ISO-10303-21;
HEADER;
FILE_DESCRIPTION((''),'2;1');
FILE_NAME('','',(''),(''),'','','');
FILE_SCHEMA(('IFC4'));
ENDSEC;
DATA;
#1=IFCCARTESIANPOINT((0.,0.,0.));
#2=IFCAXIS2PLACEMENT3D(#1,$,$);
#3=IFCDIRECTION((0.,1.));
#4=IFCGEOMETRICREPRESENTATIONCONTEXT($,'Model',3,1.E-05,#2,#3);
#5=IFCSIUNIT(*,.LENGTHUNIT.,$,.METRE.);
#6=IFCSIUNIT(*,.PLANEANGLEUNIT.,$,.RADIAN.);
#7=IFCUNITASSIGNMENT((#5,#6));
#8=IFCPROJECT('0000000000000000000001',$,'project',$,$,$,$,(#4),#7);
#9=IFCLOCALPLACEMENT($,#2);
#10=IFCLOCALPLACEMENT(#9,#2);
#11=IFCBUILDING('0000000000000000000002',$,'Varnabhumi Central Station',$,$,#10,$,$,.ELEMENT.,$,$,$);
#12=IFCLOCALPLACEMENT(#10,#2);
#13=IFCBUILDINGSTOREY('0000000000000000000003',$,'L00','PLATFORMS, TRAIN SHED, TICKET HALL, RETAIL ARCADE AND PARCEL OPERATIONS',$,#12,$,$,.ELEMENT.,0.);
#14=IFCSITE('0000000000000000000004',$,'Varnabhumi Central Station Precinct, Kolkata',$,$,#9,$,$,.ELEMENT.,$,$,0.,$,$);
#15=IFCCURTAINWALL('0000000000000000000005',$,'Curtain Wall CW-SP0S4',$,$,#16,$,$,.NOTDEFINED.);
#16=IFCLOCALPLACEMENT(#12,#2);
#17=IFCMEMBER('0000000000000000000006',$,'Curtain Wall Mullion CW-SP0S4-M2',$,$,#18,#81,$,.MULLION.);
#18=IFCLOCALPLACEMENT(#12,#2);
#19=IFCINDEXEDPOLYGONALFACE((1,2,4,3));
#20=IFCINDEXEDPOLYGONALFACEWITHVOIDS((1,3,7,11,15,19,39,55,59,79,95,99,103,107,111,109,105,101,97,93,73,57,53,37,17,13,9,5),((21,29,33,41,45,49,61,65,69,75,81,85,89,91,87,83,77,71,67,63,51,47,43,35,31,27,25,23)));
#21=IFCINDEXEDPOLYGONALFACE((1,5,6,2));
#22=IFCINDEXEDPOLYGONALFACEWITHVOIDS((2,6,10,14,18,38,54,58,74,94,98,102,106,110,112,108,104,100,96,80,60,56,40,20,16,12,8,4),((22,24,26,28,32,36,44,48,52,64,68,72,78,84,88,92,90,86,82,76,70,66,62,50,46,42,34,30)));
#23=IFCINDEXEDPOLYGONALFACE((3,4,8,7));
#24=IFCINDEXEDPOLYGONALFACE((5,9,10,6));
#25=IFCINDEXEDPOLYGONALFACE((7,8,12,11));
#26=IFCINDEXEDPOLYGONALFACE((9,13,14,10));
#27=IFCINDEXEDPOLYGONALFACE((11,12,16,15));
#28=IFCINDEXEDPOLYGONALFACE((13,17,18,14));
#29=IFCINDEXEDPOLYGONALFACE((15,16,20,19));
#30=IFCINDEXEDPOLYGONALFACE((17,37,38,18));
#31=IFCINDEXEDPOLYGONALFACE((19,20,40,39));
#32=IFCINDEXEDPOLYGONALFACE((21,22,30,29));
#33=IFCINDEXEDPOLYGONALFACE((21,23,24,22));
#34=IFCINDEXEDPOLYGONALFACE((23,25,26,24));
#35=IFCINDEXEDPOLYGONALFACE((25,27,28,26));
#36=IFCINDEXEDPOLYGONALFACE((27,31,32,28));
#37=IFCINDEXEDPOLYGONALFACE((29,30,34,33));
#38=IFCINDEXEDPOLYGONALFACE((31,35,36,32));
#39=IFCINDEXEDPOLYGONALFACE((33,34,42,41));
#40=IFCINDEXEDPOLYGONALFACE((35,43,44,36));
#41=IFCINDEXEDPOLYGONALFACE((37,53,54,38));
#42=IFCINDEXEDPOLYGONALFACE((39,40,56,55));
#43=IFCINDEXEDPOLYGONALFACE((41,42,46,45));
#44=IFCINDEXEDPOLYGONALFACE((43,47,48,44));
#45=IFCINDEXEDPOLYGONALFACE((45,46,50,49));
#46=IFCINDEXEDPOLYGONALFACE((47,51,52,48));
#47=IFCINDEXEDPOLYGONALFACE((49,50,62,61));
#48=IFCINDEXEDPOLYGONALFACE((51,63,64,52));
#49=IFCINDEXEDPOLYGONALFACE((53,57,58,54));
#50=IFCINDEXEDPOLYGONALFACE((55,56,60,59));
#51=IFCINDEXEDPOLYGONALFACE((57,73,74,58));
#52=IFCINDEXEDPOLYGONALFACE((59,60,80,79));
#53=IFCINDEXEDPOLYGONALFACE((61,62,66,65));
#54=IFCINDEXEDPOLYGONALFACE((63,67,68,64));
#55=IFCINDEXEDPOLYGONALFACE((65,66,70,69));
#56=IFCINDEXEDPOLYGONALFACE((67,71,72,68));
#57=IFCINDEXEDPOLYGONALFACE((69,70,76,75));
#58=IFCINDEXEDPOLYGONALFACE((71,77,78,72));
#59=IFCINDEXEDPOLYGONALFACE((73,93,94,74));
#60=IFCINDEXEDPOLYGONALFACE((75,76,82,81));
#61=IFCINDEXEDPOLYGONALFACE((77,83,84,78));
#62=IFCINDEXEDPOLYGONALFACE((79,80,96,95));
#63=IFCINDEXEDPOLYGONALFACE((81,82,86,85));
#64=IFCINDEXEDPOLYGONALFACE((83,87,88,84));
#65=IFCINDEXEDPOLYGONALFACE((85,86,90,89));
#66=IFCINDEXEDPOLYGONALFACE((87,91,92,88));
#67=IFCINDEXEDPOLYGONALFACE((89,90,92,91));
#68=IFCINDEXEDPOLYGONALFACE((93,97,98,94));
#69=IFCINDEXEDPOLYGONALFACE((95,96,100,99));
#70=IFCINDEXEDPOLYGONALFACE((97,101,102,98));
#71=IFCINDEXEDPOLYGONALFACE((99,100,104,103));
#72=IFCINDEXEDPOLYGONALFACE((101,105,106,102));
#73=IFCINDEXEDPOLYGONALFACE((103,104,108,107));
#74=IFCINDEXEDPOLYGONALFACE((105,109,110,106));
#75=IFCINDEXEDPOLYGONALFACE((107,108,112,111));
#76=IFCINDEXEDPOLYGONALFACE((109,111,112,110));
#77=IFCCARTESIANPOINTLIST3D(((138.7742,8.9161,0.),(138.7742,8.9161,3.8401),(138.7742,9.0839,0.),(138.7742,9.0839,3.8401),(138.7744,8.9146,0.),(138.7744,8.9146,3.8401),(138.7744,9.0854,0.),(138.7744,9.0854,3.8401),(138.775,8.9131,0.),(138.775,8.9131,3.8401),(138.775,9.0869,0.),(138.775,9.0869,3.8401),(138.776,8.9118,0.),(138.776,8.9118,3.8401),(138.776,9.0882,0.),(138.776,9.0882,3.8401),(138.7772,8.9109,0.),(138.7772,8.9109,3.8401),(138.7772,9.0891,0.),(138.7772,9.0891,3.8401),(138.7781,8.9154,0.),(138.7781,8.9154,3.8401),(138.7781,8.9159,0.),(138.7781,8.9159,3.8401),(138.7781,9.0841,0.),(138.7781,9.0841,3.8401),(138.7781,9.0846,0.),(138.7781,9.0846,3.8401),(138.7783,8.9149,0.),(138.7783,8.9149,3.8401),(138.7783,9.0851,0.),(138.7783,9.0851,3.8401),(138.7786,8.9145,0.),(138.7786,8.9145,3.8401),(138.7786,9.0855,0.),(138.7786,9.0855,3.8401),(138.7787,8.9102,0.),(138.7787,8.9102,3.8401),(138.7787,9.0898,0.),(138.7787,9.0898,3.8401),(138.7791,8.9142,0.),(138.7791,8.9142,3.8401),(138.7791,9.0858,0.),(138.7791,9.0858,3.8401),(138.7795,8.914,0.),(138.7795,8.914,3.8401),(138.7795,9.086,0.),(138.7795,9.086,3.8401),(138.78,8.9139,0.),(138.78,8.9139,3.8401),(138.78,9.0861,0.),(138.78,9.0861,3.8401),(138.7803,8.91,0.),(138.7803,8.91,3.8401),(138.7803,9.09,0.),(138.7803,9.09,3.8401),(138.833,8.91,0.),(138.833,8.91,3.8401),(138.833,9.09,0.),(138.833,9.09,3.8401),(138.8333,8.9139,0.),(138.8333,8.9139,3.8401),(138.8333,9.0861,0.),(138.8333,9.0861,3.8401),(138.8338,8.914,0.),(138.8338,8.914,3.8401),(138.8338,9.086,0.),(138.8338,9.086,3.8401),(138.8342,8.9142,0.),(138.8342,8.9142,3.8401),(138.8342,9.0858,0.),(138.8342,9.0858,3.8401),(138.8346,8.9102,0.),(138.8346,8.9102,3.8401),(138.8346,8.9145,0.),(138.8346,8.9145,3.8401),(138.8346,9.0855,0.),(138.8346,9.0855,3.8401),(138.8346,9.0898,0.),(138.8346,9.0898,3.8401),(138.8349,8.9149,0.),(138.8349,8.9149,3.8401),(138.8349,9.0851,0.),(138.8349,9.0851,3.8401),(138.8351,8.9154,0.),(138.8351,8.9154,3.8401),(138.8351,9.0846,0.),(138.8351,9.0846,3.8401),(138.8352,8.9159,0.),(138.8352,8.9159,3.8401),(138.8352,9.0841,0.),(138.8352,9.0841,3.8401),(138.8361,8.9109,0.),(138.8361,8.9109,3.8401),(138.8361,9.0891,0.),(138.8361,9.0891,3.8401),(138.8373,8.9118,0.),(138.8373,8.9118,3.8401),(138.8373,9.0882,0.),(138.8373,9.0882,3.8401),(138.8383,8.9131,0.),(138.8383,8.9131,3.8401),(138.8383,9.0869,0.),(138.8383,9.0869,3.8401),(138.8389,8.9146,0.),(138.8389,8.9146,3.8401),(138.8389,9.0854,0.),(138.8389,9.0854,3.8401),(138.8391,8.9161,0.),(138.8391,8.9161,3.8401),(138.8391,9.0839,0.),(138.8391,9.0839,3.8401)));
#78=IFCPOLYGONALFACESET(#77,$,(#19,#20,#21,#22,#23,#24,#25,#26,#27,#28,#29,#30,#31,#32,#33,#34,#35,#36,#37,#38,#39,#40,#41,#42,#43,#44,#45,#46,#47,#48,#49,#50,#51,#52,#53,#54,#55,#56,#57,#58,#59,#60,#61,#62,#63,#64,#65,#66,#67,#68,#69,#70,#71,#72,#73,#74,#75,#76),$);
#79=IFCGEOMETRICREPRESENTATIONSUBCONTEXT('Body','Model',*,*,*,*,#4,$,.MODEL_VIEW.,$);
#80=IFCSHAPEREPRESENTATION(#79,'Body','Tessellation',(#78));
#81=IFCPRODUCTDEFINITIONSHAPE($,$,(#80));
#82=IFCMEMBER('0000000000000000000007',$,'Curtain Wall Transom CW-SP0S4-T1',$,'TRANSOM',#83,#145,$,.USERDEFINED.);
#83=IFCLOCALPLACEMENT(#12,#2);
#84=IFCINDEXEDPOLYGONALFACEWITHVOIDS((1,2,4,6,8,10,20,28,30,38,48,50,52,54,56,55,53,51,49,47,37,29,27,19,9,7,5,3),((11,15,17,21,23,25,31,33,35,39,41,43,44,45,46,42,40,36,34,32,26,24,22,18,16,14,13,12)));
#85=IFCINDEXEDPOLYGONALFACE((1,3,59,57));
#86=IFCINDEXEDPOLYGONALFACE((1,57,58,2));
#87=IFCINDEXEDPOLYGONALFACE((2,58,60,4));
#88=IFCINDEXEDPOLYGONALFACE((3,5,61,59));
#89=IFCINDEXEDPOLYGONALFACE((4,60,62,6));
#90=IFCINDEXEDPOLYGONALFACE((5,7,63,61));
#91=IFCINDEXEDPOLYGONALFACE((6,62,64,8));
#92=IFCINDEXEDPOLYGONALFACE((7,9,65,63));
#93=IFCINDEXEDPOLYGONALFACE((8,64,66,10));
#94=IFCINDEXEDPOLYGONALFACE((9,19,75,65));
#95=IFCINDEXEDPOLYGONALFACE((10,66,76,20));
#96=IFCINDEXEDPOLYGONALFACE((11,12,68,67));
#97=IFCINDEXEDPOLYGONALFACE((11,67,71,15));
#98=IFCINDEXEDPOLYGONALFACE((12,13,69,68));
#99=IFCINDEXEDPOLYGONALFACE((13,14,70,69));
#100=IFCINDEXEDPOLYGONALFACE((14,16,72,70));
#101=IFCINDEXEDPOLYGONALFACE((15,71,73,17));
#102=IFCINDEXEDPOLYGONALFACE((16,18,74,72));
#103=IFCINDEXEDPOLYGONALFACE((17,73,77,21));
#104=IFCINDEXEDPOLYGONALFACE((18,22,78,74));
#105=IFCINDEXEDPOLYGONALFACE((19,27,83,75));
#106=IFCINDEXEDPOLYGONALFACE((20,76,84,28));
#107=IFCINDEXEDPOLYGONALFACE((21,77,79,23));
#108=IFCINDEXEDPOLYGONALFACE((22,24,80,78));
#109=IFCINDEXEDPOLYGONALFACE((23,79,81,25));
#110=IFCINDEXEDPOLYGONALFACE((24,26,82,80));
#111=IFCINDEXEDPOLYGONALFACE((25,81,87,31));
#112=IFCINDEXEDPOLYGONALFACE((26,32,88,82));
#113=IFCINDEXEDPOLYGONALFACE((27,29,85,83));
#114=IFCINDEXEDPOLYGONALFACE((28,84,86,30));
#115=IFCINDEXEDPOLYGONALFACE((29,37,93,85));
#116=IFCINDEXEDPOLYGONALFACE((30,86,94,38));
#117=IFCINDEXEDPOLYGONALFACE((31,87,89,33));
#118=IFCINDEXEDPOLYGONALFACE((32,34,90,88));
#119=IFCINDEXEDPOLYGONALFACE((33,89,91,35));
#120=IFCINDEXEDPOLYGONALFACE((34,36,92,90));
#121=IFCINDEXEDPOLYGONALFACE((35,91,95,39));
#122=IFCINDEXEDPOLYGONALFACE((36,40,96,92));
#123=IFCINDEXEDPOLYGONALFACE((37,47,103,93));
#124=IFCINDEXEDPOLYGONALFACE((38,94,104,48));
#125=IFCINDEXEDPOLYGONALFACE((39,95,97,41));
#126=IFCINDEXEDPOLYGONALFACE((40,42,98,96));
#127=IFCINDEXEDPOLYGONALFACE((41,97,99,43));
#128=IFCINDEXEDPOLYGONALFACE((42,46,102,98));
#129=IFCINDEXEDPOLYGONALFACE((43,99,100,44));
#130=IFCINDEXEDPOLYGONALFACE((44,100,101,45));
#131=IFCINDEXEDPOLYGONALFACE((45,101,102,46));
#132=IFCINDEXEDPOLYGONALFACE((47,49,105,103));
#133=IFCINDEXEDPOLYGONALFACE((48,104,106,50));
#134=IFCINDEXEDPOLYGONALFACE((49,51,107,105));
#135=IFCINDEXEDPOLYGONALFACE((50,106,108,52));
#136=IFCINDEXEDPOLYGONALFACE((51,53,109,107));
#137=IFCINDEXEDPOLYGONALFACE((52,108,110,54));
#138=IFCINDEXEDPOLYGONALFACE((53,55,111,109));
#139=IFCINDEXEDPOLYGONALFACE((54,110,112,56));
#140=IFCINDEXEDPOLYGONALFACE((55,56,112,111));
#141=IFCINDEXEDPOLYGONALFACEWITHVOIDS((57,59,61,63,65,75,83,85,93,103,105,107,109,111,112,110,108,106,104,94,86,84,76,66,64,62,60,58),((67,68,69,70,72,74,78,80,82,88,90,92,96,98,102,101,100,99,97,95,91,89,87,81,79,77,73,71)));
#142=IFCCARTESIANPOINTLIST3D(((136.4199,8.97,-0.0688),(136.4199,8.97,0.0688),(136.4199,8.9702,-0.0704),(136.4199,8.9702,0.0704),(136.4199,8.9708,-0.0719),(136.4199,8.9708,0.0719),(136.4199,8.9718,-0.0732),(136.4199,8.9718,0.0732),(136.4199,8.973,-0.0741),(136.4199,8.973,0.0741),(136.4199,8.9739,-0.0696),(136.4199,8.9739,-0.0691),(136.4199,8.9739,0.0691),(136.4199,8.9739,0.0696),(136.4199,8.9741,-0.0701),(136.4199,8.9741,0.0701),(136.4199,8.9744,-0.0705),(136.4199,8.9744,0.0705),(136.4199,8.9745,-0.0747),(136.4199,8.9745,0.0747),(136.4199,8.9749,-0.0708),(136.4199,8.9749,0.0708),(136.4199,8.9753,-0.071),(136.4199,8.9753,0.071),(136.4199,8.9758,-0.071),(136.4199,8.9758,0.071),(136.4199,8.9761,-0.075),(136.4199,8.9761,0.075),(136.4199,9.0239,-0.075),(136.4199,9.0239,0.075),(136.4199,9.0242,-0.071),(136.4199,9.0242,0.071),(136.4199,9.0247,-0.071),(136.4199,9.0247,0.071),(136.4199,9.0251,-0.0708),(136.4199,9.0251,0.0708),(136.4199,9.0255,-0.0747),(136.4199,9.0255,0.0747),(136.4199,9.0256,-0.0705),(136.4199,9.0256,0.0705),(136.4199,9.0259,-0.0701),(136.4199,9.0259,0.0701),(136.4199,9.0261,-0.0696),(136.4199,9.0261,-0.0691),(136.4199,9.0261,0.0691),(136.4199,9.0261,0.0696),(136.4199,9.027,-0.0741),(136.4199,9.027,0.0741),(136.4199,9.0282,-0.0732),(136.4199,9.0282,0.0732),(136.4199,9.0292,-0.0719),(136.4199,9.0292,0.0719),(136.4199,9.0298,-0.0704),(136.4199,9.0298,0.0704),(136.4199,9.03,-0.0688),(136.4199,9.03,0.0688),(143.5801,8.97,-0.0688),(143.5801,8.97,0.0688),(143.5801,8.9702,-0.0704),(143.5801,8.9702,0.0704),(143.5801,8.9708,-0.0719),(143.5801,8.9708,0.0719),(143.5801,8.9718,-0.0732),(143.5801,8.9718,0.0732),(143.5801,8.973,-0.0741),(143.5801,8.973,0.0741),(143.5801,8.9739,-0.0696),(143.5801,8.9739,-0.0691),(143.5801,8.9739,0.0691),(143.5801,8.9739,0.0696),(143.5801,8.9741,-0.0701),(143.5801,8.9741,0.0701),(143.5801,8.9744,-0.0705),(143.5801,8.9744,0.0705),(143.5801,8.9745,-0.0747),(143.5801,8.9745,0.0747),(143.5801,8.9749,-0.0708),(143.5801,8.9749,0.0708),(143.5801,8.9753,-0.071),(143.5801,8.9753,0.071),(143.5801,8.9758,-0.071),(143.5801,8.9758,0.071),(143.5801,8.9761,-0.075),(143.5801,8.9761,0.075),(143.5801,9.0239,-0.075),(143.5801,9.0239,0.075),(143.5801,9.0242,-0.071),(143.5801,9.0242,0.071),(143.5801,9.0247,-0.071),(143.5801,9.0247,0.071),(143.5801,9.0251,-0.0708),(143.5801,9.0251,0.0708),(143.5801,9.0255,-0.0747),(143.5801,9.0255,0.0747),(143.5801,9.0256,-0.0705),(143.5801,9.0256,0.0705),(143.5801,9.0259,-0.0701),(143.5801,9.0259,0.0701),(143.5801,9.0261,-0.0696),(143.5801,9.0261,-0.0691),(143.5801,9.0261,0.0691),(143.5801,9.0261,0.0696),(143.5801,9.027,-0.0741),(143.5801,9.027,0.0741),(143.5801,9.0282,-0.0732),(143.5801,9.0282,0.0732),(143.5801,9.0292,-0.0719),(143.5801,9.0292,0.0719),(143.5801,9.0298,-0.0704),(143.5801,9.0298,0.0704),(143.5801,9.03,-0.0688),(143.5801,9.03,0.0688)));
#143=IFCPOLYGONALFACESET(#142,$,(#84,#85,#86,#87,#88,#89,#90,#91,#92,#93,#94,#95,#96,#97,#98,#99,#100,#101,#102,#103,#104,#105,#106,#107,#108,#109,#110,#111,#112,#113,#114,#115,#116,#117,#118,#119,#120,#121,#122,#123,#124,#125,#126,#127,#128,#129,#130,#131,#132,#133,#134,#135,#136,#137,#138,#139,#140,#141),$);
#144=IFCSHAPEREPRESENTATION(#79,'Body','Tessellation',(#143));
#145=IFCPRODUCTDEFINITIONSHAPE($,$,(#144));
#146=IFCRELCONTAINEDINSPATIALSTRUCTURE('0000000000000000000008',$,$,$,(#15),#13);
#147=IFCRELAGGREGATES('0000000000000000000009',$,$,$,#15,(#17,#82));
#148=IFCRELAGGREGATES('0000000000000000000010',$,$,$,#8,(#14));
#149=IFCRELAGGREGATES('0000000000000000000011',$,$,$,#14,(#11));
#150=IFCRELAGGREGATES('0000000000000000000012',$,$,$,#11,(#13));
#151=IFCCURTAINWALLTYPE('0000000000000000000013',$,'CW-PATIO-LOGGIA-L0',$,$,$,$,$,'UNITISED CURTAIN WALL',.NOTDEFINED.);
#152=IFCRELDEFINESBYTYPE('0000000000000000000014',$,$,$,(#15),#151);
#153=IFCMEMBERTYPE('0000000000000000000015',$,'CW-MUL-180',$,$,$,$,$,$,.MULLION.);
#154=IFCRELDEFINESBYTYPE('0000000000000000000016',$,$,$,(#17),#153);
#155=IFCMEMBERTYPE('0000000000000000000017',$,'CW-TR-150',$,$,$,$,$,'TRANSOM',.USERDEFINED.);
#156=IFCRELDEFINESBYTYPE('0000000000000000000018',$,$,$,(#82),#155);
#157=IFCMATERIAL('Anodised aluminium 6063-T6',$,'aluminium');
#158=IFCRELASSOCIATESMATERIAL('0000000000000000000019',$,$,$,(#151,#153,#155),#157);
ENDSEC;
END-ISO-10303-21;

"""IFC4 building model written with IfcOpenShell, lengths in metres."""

from ifc_helpers import new_model, si_unit, direction, frame, origin, origin_2d, place, context, subcontext, project, spatial, hollow_rectangle, extrude, material, material_profile, profile_set, type_object, element, aggregate, save


model = new_model("IFC4")

# Units and contexts
model_context = context("Model", 3, precision=1e-05, world=origin(), true_north=direction((0.0, 1.0)))
body_context = subcontext(model_context, "Body", "Model", "MODEL_VIEW")
ifc_project = project(units=[si_unit("LENGTHUNIT", "METRE"), si_unit("PLANEANGLEUNIT", "RADIAN")], contexts=[model_context])

# Site, building, storey
site_placement = place(None, origin())
site = spatial("IfcSite", under=ifc_project, at=site_placement, Name="Varnabhumi Central Station Precinct, Kolkata", CompositionType="ELEMENT", RefElevation=0.0)
building_placement = place(site_placement, origin())
building = spatial("IfcBuilding", under=site, at=building_placement, Name="Varnabhumi Central Station", CompositionType="ELEMENT")
storey_placement = place(building_placement, origin())
storey = spatial("IfcBuildingStorey", under=building, at=storey_placement, Name="L00", Description="PLATFORMS, TRAIN SHED, TICKET HALL, RETAIL ARCADE AND PARCEL OPERATIONS", CompositionType="ELEMENT", Elevation=0.0)

# Shared definitions
ifc_material_1 = material(Name="Anodised aluminium 6063-T6", Category="aluminium")
curtain_wall_type = type_object("IfcCurtainWallType", Name="CW-PATIO-LOGGIA-L0", ElementType="UNITISED CURTAIN WALL", PredefinedType="NOTDEFINED", material=ifc_material_1)
ifc_material_profile_1 = material_profile(ifc_material_1, hollow_rectangle(XDim=0.0649, YDim=0.1799, WallThickness=0.0039, InnerFilletRadius=0.002, OuterFilletRadius=0.0061, at=origin_2d()), Name="Anodised aluminium 6063-T6", Category="aluminium")
ifc_profile_set_1 = profile_set([ifc_material_profile_1], Name="Anodised aluminium 6063-T6")
member_type_1 = type_object("IfcMemberType", Name="CW-MUL-180", PredefinedType="MULLION", material=ifc_profile_set_1)

# Curtain wall, members
curtain_wall_1_placement = place(storey_placement, origin())
curtain_wall_1 = element("IfcCurtainWall", 1, at=curtain_wall_1_placement, inside=storey, type_object=curtain_wall_type, Name="Curtain Wall CW-SP0S4", PredefinedType="NOTDEFINED")
member_1_placement = place(storey_placement, frame((138.8066, 9.0, 0.0), z_axis=(0.0, 0.0, 1.0), x_axis=(1.0, 0.0, 0.0)))
member_1 = element("IfcMember", 2, at=member_1_placement, type_object=member_type_1, Name="Curtain Wall Mullion CW-SP0S4-M2", PredefinedType="MULLION", context=body_context, shape_type="SweptSolid", body=[
    extrude(hollow_rectangle(XDim=0.0649, YDim=0.1799, WallThickness=0.0039, InnerFilletRadius=0.002, OuterFilletRadius=0.0061, at=origin_2d()), origin(), (0.0, 0.0, 1.0), 3.8401),
])
ifc_material_profile_2 = material_profile(ifc_material_1, hollow_rectangle(XDim=0.0601, YDim=0.1499, WallThickness=0.0039, InnerFilletRadius=0.002, OuterFilletRadius=0.0061, at=origin_2d()), Name="Anodised aluminium 6063-T6", Category="aluminium")
ifc_profile_set_2 = profile_set([ifc_material_profile_2], Name="Anodised aluminium 6063-T6")
member_type_2 = type_object("IfcMemberType", Name="CW-TR-150", ElementType="TRANSOM", PredefinedType="USERDEFINED", material=ifc_profile_set_2)
member_2_placement = place(storey_placement, frame((136.4199, 9.0, 0.0), z_axis=(1.0, 0.0, 0.0), x_axis=(0.0, 1.0, 0.0)))
member_2 = element("IfcMember", 3, at=member_2_placement, type_object=member_type_2, Name="Curtain Wall Transom CW-SP0S4-T1", ObjectType="TRANSOM", PredefinedType="USERDEFINED", context=body_context, shape_type="SweptSolid", body=[
    extrude(hollow_rectangle(XDim=0.0601, YDim=0.1499, WallThickness=0.0039, InnerFilletRadius=0.002, OuterFilletRadius=0.0061, at=origin_2d()), origin(), (0.0, 0.0, 1.0), 7.1602),
])

aggregate(curtain_wall_1, [member_1, member_2])

save(model, "model.ifc")
